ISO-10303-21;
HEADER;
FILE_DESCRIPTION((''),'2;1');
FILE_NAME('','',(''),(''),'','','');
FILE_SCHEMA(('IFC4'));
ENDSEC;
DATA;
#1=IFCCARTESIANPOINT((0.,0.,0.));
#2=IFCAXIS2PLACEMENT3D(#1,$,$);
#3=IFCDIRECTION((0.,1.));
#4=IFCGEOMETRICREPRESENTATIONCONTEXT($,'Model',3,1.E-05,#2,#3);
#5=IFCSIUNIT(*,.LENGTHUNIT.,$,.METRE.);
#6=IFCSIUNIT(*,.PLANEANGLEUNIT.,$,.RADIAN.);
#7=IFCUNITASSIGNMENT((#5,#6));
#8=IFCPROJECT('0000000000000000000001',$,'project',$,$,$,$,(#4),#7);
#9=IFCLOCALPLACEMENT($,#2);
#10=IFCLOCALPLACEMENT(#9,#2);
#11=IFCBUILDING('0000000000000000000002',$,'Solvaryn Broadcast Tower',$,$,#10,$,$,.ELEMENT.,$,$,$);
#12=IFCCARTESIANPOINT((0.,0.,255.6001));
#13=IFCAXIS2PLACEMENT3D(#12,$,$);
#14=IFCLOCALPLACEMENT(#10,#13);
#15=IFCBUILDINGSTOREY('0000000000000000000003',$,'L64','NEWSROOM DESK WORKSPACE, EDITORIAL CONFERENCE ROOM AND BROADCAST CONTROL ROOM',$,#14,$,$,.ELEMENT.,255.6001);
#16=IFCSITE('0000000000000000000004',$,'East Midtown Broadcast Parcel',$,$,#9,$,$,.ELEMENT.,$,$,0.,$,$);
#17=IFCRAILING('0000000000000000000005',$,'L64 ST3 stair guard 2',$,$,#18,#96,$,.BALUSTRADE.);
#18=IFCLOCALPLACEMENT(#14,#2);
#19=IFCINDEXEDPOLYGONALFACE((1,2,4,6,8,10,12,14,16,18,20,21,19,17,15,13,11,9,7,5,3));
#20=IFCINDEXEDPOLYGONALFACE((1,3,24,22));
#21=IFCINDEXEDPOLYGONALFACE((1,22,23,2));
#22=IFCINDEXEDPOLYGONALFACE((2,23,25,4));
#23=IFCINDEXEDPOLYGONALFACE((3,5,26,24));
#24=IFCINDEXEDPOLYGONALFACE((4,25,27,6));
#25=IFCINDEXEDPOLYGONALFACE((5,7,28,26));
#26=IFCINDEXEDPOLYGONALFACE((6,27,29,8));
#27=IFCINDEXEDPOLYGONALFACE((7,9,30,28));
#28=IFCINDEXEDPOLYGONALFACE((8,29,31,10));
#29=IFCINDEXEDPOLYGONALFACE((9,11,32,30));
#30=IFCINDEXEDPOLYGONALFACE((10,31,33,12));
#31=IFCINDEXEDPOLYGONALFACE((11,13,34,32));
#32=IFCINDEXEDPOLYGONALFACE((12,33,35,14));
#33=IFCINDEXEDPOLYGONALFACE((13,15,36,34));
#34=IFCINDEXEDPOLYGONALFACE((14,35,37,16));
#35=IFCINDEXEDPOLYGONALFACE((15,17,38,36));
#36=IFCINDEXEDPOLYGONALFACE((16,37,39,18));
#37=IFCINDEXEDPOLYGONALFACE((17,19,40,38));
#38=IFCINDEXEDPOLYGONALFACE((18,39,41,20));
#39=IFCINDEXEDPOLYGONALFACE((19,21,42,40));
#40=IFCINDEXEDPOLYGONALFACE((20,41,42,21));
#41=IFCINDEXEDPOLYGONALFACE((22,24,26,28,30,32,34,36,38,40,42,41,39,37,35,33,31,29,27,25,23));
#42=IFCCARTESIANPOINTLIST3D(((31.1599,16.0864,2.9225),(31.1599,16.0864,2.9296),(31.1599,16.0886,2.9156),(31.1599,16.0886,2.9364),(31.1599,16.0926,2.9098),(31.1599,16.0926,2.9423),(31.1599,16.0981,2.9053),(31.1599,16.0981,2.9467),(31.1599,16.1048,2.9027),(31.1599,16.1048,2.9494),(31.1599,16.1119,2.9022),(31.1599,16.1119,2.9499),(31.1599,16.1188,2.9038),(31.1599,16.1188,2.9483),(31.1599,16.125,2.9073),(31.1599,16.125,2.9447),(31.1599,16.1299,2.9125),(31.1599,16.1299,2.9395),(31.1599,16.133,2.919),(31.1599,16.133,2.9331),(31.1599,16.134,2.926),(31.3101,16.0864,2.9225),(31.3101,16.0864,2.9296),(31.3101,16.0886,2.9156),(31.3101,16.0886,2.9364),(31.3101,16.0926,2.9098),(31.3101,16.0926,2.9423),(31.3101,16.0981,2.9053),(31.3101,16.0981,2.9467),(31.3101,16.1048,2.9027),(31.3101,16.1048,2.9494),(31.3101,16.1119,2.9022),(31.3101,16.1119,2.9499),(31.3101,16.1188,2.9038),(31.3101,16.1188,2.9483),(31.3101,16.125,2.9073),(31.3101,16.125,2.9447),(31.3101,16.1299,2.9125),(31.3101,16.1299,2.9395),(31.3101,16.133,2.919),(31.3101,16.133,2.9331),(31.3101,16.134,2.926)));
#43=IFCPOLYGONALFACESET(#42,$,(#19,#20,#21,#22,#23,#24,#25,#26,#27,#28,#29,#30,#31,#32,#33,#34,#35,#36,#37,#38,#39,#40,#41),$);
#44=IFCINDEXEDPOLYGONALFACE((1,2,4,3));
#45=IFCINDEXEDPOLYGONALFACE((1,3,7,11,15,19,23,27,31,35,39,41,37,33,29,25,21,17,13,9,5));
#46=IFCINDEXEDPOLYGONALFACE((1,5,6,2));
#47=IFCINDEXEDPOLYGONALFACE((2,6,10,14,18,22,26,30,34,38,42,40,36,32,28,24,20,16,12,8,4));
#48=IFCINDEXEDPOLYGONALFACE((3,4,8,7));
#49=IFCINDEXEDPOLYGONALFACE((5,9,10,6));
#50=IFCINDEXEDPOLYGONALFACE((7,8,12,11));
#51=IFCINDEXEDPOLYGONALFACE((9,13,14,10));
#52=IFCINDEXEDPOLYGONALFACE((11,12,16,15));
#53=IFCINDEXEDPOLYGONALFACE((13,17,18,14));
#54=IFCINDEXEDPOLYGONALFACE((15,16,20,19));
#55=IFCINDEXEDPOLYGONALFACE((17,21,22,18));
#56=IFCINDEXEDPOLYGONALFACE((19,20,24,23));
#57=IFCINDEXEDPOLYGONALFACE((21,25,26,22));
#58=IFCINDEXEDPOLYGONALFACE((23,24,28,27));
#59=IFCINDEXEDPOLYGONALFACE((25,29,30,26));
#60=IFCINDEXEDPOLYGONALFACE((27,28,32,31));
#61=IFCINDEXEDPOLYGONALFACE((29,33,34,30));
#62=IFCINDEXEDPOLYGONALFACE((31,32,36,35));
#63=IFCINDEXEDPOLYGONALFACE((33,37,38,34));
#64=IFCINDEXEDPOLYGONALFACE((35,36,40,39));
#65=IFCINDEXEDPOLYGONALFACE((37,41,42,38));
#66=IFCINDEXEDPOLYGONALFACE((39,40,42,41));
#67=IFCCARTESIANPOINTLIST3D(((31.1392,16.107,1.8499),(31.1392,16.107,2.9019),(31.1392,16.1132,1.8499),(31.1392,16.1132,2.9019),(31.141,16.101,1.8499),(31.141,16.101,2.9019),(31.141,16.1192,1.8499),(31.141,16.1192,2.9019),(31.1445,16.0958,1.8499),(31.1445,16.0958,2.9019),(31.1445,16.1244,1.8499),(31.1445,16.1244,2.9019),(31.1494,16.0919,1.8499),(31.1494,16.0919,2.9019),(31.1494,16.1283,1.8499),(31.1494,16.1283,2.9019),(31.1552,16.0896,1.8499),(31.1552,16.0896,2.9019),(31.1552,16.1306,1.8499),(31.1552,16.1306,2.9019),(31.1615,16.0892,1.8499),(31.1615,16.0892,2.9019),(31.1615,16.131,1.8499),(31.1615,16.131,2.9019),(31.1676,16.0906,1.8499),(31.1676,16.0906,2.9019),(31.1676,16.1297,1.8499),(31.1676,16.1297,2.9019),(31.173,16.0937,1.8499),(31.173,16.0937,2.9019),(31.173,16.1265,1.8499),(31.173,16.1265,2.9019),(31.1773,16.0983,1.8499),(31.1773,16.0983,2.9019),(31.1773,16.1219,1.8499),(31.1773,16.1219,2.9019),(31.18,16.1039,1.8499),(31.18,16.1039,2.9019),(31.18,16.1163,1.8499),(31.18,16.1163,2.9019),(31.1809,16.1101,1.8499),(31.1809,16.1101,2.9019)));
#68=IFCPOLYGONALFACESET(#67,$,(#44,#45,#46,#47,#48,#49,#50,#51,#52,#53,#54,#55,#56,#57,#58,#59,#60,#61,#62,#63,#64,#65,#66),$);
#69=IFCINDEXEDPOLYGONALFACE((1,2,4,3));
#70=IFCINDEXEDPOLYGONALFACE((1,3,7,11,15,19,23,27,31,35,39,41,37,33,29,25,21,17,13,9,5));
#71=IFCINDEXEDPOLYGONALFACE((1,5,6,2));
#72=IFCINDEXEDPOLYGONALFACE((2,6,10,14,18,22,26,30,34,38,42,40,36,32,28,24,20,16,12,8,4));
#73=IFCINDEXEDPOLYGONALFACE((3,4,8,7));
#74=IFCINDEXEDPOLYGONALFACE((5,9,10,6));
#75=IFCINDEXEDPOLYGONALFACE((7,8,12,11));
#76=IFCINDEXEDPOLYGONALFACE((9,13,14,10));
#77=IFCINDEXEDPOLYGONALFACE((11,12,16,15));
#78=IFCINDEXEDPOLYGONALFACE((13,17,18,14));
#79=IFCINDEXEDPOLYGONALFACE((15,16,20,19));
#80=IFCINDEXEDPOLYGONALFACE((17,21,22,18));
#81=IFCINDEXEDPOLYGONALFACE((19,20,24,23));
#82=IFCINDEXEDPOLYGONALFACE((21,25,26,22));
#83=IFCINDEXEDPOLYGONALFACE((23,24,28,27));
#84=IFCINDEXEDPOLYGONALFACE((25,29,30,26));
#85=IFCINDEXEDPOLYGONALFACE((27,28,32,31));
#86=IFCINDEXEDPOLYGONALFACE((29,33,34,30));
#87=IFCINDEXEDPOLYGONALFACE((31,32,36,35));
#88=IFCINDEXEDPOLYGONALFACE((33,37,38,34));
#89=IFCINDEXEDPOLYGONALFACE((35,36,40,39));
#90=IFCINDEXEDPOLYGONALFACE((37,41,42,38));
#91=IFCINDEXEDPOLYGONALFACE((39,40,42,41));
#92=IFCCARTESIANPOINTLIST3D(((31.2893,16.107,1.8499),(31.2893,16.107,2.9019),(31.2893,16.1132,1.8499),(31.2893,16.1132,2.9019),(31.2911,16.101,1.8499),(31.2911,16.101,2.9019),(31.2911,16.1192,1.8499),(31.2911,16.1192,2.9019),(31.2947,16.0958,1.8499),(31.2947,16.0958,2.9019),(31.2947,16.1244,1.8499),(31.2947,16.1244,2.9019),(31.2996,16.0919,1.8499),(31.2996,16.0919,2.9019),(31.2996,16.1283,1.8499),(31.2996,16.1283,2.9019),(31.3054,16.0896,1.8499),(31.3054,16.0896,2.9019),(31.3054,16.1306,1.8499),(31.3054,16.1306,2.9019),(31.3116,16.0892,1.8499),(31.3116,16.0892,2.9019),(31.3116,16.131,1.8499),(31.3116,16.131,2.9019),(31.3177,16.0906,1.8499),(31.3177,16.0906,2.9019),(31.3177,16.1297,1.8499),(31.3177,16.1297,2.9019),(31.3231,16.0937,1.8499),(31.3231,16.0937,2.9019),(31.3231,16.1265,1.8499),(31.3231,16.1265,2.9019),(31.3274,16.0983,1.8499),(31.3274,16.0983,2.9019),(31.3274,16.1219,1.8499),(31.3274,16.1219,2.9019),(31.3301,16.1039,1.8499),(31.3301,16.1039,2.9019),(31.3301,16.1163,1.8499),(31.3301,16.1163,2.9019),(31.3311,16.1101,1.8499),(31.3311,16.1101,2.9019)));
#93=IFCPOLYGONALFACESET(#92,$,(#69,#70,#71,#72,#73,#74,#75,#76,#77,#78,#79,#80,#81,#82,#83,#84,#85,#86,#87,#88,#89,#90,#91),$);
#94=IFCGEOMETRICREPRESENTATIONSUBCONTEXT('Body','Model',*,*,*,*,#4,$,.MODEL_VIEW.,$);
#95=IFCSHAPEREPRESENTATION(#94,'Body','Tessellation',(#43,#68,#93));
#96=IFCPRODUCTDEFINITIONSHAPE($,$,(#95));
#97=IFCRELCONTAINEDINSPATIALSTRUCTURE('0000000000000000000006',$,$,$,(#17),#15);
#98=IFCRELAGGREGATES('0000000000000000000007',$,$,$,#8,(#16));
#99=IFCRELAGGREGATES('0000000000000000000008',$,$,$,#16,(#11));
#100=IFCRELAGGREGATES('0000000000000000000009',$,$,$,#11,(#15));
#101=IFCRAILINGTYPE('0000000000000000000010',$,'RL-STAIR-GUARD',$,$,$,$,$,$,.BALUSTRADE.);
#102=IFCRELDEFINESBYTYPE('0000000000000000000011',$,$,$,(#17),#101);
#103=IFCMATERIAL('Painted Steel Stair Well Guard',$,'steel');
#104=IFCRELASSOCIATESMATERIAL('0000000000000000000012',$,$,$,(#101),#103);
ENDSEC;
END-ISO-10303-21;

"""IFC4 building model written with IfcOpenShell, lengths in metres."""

from ifc_helpers import new_model, si_unit, direction, frame, origin, origin_2d, place, context, subcontext, project, spatial, circle, extrude, material, type_object, element, save


model = new_model("IFC4")

# Units and contexts
model_context = context("Model", 3, precision=1e-05, world=origin(), true_north=direction((0.0, 1.0)))
body_context = subcontext(model_context, "Body", "Model", "MODEL_VIEW")
ifc_project = project(units=[si_unit("LENGTHUNIT", "METRE"), si_unit("PLANEANGLEUNIT", "RADIAN")], contexts=[model_context])

# Site, building, storey
site_placement = place(None, origin())
site = spatial("IfcSite", under=ifc_project, at=site_placement, Name="East Midtown Broadcast Parcel", CompositionType="ELEMENT", RefElevation=0.0)
building_placement = place(site_placement, origin())
building = spatial("IfcBuilding", under=site, at=building_placement, Name="Solvaryn Broadcast Tower", CompositionType="ELEMENT")
storey_placement = place(building_placement, frame((0.0, 0.0, 255.6001)))
storey = spatial("IfcBuildingStorey", under=building, at=storey_placement, Name="L64", Description="NEWSROOM DESK WORKSPACE, EDITORIAL CONFERENCE ROOM AND BROADCAST CONTROL ROOM", CompositionType="ELEMENT", Elevation=255.6001)

# Railing
ifc_material_1 = material(Name="Painted Steel Stair Well Guard", Category="steel")
railing_type_1 = type_object("IfcRailingType", Name="RL-STAIR-GUARD", PredefinedType="BALUSTRADE", material=ifc_material_1)
railing_1_placement = place(storey_placement, frame((31.1599, 16.1101, 1.8499)))
element("IfcRailing", 1, at=railing_1_placement, inside=storey, type_object=railing_type_1, Name="L64 ST3 stair guard 2", PredefinedType="BALUSTRADE", context=body_context, shape_type="SweptSolid", body=[
    extrude(circle(Radius=0.0239, at=origin_2d()), frame((0.0, 0.0, 1.0762), z_axis=(1.0, 0.0, 0.0), x_axis=(0.0, 1.0, 0.0)), (0.0, 0.0, 1.0), 0.1501),
    extrude(circle(Radius=0.021, at=origin_2d()), origin(), (0.0, 0.0, 1.0), 1.052),
    extrude(circle(Radius=0.021, at=origin_2d()), frame((0.1501, 0.0, 0.0)), (0.0, 0.0, 1.0), 1.052),
])

save(model, "model.ifc")
